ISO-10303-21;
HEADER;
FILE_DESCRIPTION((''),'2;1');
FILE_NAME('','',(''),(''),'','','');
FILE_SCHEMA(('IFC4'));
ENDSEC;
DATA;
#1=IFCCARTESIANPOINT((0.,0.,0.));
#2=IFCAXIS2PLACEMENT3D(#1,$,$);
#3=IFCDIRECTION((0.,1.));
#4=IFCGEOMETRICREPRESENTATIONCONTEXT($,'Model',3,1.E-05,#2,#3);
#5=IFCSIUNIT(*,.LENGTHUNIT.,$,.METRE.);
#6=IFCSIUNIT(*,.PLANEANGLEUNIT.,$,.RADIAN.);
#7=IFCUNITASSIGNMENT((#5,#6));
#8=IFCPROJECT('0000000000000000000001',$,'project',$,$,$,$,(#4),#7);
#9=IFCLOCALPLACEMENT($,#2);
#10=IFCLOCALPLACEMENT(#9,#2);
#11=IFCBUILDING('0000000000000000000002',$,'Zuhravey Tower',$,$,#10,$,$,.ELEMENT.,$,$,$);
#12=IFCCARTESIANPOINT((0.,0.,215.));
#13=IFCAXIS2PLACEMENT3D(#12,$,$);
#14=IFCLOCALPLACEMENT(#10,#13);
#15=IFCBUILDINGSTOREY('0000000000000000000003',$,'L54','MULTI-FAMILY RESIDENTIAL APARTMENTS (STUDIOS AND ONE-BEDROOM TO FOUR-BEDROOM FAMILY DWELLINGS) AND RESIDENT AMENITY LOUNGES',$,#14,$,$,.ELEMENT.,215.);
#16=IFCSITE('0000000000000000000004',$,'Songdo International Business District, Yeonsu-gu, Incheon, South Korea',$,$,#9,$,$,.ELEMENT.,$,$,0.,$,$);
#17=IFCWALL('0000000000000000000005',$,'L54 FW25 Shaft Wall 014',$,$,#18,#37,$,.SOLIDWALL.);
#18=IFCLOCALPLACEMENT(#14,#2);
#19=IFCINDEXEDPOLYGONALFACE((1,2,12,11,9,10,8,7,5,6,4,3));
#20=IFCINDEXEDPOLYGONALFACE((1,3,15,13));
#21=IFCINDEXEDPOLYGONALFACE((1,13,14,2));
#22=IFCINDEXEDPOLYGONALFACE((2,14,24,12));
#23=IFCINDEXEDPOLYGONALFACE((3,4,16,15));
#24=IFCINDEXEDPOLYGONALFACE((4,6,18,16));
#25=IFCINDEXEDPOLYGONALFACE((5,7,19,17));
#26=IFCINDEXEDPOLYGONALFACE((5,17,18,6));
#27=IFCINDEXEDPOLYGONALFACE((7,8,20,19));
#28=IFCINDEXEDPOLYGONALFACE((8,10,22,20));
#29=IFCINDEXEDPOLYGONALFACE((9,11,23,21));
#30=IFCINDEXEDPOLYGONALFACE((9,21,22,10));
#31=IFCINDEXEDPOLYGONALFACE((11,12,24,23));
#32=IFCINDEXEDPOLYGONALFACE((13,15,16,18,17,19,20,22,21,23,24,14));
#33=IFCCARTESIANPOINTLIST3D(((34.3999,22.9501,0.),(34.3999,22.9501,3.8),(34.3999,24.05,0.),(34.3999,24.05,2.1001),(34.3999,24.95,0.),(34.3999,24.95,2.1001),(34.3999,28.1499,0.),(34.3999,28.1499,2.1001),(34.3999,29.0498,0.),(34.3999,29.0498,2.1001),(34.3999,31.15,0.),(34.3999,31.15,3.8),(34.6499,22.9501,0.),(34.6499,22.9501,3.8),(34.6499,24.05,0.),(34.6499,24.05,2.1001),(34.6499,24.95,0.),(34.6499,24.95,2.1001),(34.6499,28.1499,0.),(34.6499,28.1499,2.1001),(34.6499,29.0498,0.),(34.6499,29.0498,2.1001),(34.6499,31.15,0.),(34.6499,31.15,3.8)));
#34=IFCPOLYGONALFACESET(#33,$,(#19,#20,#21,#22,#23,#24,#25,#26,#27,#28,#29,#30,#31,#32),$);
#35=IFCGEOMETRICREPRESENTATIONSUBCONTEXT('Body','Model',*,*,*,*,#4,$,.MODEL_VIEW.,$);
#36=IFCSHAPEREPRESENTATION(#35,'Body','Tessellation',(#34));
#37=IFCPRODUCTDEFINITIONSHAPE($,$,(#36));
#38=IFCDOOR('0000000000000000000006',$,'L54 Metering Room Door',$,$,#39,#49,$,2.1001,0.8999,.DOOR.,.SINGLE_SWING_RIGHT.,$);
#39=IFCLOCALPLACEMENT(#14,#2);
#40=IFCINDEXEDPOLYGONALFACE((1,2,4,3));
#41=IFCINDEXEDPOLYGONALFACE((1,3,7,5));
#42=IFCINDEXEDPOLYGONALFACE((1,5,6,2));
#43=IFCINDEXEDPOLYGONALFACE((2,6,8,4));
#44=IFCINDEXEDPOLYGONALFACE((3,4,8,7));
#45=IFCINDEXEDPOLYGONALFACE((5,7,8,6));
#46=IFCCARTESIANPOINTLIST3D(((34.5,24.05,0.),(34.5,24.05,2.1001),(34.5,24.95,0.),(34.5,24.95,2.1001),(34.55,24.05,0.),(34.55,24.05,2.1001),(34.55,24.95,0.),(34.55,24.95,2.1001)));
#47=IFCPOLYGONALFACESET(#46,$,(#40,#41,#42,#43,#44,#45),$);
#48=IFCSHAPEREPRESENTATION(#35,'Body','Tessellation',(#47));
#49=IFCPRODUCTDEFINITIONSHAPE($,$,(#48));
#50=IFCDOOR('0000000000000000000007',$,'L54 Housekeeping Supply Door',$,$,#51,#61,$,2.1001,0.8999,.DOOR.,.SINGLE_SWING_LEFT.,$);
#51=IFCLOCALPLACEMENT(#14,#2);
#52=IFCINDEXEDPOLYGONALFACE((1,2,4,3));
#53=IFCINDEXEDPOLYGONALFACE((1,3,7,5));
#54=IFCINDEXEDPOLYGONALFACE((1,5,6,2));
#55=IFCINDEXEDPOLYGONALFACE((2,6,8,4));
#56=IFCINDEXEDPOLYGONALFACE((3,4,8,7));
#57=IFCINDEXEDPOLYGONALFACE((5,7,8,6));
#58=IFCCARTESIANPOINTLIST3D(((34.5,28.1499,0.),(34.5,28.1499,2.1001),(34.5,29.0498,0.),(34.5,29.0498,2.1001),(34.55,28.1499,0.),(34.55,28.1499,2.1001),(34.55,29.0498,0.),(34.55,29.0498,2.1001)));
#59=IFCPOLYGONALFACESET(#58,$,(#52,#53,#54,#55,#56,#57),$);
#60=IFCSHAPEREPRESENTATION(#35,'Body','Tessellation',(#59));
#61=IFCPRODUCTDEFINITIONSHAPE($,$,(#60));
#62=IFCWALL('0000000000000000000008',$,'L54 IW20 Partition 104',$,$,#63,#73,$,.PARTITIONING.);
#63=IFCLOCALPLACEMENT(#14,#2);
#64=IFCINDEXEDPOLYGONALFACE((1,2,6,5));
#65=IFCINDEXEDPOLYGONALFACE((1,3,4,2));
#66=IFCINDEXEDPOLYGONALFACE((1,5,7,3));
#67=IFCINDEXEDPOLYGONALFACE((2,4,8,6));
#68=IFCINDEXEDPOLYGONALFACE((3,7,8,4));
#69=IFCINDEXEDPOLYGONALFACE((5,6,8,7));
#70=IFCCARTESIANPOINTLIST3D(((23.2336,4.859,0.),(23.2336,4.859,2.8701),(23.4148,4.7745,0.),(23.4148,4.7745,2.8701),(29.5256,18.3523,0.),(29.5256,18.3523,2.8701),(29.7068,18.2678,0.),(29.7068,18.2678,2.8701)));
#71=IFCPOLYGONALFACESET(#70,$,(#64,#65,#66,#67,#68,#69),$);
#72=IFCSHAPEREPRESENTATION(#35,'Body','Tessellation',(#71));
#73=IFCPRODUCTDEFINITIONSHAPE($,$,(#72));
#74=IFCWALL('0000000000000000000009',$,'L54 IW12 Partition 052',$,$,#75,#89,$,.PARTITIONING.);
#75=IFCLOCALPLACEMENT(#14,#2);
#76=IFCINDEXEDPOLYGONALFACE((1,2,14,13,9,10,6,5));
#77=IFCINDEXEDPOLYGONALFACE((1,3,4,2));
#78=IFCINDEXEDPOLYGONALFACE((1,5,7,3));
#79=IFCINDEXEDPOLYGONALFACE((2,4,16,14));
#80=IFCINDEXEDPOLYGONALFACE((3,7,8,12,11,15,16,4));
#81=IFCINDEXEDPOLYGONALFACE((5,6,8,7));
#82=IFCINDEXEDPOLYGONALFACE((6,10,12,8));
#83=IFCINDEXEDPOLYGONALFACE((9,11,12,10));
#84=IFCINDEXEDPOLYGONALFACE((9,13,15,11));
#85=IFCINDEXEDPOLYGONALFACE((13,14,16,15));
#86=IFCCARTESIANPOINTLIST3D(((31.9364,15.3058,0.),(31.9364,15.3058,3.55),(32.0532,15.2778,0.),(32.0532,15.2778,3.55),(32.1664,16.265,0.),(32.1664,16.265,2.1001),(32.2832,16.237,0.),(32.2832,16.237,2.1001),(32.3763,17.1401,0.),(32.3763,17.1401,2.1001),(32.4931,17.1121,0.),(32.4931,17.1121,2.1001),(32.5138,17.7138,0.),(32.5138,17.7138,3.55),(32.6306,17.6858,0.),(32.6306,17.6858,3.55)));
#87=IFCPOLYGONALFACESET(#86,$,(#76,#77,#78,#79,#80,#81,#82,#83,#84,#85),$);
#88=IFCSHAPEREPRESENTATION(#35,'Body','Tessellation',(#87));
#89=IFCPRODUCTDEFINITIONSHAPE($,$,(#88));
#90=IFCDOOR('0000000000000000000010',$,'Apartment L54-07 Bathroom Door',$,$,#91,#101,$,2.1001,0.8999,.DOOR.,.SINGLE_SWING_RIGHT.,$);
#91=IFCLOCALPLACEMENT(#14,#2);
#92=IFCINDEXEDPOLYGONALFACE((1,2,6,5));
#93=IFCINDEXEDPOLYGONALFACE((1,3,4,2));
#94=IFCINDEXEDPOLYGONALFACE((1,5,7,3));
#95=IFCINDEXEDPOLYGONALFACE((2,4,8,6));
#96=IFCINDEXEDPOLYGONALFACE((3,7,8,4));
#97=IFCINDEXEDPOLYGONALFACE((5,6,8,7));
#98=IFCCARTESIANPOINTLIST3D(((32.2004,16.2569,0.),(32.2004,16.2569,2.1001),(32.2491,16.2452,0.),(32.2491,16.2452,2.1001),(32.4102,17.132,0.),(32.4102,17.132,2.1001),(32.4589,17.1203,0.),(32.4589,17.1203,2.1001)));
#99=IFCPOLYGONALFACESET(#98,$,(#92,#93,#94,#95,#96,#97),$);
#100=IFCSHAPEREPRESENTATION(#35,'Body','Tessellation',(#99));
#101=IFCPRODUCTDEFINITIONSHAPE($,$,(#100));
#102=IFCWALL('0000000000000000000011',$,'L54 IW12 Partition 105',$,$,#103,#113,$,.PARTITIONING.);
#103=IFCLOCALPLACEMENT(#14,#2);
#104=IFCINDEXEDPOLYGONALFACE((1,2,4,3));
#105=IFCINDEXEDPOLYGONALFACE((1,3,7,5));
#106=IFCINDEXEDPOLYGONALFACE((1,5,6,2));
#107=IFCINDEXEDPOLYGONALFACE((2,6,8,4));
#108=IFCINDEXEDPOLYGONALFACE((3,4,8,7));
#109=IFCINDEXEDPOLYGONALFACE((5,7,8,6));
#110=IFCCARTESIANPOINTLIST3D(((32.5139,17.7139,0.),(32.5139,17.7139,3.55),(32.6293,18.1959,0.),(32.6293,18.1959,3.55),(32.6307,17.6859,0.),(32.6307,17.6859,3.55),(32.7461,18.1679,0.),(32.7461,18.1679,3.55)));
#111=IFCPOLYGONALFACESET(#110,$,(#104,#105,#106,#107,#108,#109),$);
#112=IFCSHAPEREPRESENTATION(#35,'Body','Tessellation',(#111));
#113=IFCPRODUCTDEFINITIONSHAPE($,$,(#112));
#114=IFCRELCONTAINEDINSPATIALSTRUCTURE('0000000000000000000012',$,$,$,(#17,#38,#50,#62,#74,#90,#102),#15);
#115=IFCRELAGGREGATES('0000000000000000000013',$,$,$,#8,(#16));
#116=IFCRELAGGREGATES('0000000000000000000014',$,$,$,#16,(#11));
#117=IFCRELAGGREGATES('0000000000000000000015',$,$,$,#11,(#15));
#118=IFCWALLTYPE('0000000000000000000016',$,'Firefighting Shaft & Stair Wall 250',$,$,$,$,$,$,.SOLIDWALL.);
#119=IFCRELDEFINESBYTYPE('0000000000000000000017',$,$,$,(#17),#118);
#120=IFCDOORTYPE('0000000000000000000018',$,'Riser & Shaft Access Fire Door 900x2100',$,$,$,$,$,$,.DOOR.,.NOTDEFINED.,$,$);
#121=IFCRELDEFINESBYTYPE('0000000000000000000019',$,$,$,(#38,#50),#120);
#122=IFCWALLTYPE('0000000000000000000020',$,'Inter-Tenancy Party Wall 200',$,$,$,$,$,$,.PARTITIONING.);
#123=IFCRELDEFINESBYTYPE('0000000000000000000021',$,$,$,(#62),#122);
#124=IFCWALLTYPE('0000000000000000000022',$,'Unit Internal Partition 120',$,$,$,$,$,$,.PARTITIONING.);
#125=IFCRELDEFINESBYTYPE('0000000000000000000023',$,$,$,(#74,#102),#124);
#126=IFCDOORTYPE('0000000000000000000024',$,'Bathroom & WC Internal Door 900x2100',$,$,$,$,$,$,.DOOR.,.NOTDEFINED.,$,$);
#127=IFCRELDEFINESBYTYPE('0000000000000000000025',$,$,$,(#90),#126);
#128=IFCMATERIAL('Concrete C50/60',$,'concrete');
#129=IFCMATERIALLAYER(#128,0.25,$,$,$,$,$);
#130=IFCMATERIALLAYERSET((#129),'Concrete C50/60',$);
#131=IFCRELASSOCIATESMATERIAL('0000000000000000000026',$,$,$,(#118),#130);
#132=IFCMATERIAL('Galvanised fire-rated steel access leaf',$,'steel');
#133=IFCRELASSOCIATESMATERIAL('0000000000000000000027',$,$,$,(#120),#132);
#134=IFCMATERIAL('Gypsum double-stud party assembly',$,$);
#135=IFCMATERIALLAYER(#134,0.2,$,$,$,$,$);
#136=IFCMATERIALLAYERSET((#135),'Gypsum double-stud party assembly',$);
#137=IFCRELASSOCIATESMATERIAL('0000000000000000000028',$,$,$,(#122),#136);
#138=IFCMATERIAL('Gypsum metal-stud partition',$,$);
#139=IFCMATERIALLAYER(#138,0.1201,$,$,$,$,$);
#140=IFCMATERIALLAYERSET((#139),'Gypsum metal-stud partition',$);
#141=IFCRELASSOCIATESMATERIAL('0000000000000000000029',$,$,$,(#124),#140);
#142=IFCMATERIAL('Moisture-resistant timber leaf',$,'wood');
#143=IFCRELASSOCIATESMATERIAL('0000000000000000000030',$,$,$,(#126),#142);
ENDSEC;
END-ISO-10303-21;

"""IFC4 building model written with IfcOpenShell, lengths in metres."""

from ifc_helpers import new_model, si_unit, direction, frame, frame_2d, origin, place, context, subcontext, project, spatial, rectangle, extrude, material, layer, layer_set, type_object, element, fill, save


model = new_model("IFC4")

# Units and contexts
model_context = context("Model", 3, precision=1e-05, world=origin(), true_north=direction((0.0, 1.0)))
body_context = subcontext(model_context, "Body", "Model", "MODEL_VIEW")
ifc_project = project(units=[si_unit("LENGTHUNIT", "METRE"), si_unit("PLANEANGLEUNIT", "RADIAN")], contexts=[model_context])

# Site, building, storey
site_placement = place(None, origin())
site = spatial("IfcSite", under=ifc_project, at=site_placement, Name="Songdo International Business District, Yeonsu-gu, Incheon, South Korea", CompositionType="ELEMENT", RefElevation=0.0)
building_placement = place(site_placement, origin())
building = spatial("IfcBuilding", under=site, at=building_placement, Name="Zuhravey Tower", CompositionType="ELEMENT")
storey_placement = place(building_placement, frame((0.0, 0.0, 215.0)))
storey = spatial("IfcBuildingStorey", under=building, at=storey_placement, Name="L54", Description="MULTI-FAMILY RESIDENTIAL APARTMENTS (STUDIOS AND ONE-BEDROOM TO FOUR-BEDROOM FAMILY DWELLINGS) AND RESIDENT AMENITY LOUNGES", CompositionType="ELEMENT", Elevation=215.0)

# Shared definitions
ifc_material_1 = material(Name="Concrete C50/60", Category="concrete")
ifc_layer_1 = layer(ifc_material_1, 0.25)
ifc_layer_set_1 = layer_set([ifc_layer_1], Name="Concrete C50/60")
wall_type_1 = type_object("IfcWallType", Name="Firefighting Shaft & Stair Wall 250", PredefinedType="SOLIDWALL", material=ifc_layer_set_1)

# Shared definitions
ifc_material_2 = material(Name="Galvanised fire-rated steel access leaf", Category="steel")
door_type_1 = type_object("IfcDoorType", Name="Riser & Shaft Access Fire Door 900x2100", OperationType="NOTDEFINED", PredefinedType="DOOR", material=ifc_material_2)

# Wall, openings, doors
wall_1_placement = place(storey_placement, frame((34.5249, 22.95, 0.0), z_axis=(0.0, 0.0, 1.0), x_axis=(0.0, 1.0, 0.0)))
wall_1 = element("IfcWall", 1, at=wall_1_placement, inside=storey, type_object=wall_type_1, Name="L54 FW25 Shaft Wall 014", PredefinedType="SOLIDWALL", context=body_context, shape_type="SweptSolid", body=[
    extrude(rectangle(XDim=8.2, YDim=0.25, at=frame_2d((4.1001, 0.0))), origin(), (0.0, 0.0, 1.0), 3.8),
])
opening_1_placement = place(wall_1_placement, frame((1.1001, 0.0, 0.0)))
opening_1 = element("IfcOpeningElement", 2, at=opening_1_placement, cuts=wall_1, PredefinedType="OPENING", context=body_context, shape_type="SweptSolid", body=[
    extrude(rectangle(XDim=0.8999, YDim=2.1001, at=frame_2d((0.45, 1.05))), frame((0.0, 0.137, 0.0), z_axis=(0.0, -1.0, 0.0), x_axis=(1.0, 0.0, 0.0)), (0.0, 0.0, 1.0), 0.2739),
])
opening_2_placement = place(wall_1_placement, frame((5.2, 0.0, 0.0)))
opening_2 = element("IfcOpeningElement", 3, at=opening_2_placement, cuts=wall_1, PredefinedType="OPENING", context=body_context, shape_type="SweptSolid", body=[
    extrude(rectangle(XDim=0.8999, YDim=2.1001, at=frame_2d((0.45, 1.05))), frame((0.0, 0.137, 0.0), z_axis=(0.0, -1.0, 0.0), x_axis=(1.0, 0.0, 0.0)), (0.0, 0.0, 1.0), 0.2739),
])
door_1_placement = place(opening_1_placement, origin())
door_1 = element("IfcDoor", 4, at=door_1_placement, inside=storey, type_object=door_type_1, Name="L54 Metering Room Door", OperationType="SINGLE_SWING_RIGHT", OverallHeight=2.1001, OverallWidth=0.8999, PredefinedType="DOOR", context=body_context, shape_type="SweptSolid", body=[
    extrude(rectangle(XDim=0.8999, YDim=2.1001, at=frame_2d((0.45, 1.05))), frame((0.0, 0.0249, 0.0), z_axis=(0.0, -1.0, 0.0), x_axis=(1.0, 0.0, 0.0)), (0.0, 0.0, 1.0), 0.05),
])
fill(opening_1, door_1)
door_2_placement = place(opening_2_placement, origin())
door_2 = element("IfcDoor", 5, at=door_2_placement, inside=storey, type_object=door_type_1, Name="L54 Housekeeping Supply Door", OperationType="SINGLE_SWING_LEFT", OverallHeight=2.1001, OverallWidth=0.8999, PredefinedType="DOOR", context=body_context, shape_type="SweptSolid", body=[
    extrude(rectangle(XDim=0.8999, YDim=2.1001, at=frame_2d((0.45, 1.05))), frame((0.0, 0.0249, 0.0), z_axis=(0.0, -1.0, 0.0), x_axis=(1.0, 0.0, 0.0)), (0.0, 0.0, 1.0), 0.05),
])
fill(opening_2, door_2)

# Wall
ifc_material_3 = material(Name="Gypsum double-stud party assembly")
ifc_layer_2 = layer(ifc_material_3, 0.2)
ifc_layer_set_2 = layer_set([ifc_layer_2], Name="Gypsum double-stud party assembly")
wall_type_2 = type_object("IfcWallType", Name="Inter-Tenancy Party Wall 200", PredefinedType="PARTITIONING", material=ifc_layer_set_2)
wall_2_placement = place(storey_placement, frame((29.6162, 18.3101, 0.0), z_axis=(0.0, 0.0, 1.0), x_axis=(-0.42262, -0.906307, 0.0)))
element("IfcWall", 6, at=wall_2_placement, inside=storey, type_object=wall_type_2, Name="L54 IW20 Partition 104", PredefinedType="PARTITIONING", context=body_context, shape_type="SweptSolid", body=[
    extrude(rectangle(XDim=14.8882, YDim=0.2, at=frame_2d((7.4441, 0.0))), origin(), (0.0, 0.0, 1.0), 2.8701),
])

# Wall, opening, door
ifc_material_4 = material(Name="Gypsum metal-stud partition")
ifc_layer_3 = layer(ifc_material_4, 0.1201)
ifc_layer_set_3 = layer_set([ifc_layer_3], Name="Gypsum metal-stud partition")
wall_type_3 = type_object("IfcWallType", Name="Unit Internal Partition 120", PredefinedType="PARTITIONING", material=ifc_layer_set_3)
wall_3_placement = place(storey_placement, frame((32.5723, 17.7, 0.0), z_axis=(0.0, 0.0, 1.0), x_axis=(-0.233175, -0.972435, 0.0)))
wall_3 = element("IfcWall", 7, at=wall_3_placement, inside=storey, type_object=wall_type_3, Name="L54 IW12 Partition 052", PredefinedType="PARTITIONING", context=body_context, shape_type="SweptSolid", body=[
    extrude(rectangle(XDim=2.4763, YDim=0.1201, at=frame_2d((1.2383, 0.0))), origin(), (0.0, 0.0, 1.0), 3.55),
])
opening_3_placement = place(wall_3_placement, frame((0.5901, 0.0, 0.0)))
opening_3 = element("IfcOpeningElement", 8, at=opening_3_placement, cuts=wall_3, PredefinedType="OPENING", context=body_context, shape_type="SweptSolid", body=[
    extrude(rectangle(XDim=0.8999, YDim=2.1001, at=frame_2d((0.45, 1.05))), frame((0.0, 0.072, 0.0), z_axis=(0.0, -1.0, 0.0), x_axis=(1.0, 0.0, 0.0)), (0.0, 0.0, 1.0), 0.144),
])
ifc_material_5 = material(Name="Moisture-resistant timber leaf", Category="wood")
door_type_2 = type_object("IfcDoorType", Name="Bathroom & WC Internal Door 900x2100", OperationType="NOTDEFINED", PredefinedType="DOOR", material=ifc_material_5)
door_3_placement = place(opening_3_placement, origin())
door_3 = element("IfcDoor", 9, at=door_3_placement, inside=storey, type_object=door_type_2, Name="Apartment L54-07 Bathroom Door", OperationType="SINGLE_SWING_RIGHT", OverallHeight=2.1001, OverallWidth=0.8999, PredefinedType="DOOR", context=body_context, shape_type="SweptSolid", body=[
    extrude(rectangle(XDim=0.8999, YDim=2.1001, at=frame_2d((0.45, 1.05))), frame((0.0, 0.0249, 0.0), z_axis=(0.0, -1.0, 0.0), x_axis=(1.0, 0.0, 0.0)), (0.0, 0.0, 1.0), 0.05),
])
fill(opening_3, door_3)

# Wall
wall_4_placement = place(storey_placement, frame((32.6877, 18.1819, 0.0), z_axis=(0.0, 0.0, 1.0), x_axis=(-0.233019, -0.972472, 0.0)))
element("IfcWall", 10, at=wall_4_placement, inside=storey, type_object=wall_type_3, Name="L54 IW12 Partition 105", PredefinedType="PARTITIONING", context=body_context, shape_type="SweptSolid", body=[
    extrude(rectangle(XDim=0.4956, YDim=0.1201, at=frame_2d((0.2478, 0.0))), origin(), (0.0, 0.0, 1.0), 3.55),
])

save(model, "model.ifc")
